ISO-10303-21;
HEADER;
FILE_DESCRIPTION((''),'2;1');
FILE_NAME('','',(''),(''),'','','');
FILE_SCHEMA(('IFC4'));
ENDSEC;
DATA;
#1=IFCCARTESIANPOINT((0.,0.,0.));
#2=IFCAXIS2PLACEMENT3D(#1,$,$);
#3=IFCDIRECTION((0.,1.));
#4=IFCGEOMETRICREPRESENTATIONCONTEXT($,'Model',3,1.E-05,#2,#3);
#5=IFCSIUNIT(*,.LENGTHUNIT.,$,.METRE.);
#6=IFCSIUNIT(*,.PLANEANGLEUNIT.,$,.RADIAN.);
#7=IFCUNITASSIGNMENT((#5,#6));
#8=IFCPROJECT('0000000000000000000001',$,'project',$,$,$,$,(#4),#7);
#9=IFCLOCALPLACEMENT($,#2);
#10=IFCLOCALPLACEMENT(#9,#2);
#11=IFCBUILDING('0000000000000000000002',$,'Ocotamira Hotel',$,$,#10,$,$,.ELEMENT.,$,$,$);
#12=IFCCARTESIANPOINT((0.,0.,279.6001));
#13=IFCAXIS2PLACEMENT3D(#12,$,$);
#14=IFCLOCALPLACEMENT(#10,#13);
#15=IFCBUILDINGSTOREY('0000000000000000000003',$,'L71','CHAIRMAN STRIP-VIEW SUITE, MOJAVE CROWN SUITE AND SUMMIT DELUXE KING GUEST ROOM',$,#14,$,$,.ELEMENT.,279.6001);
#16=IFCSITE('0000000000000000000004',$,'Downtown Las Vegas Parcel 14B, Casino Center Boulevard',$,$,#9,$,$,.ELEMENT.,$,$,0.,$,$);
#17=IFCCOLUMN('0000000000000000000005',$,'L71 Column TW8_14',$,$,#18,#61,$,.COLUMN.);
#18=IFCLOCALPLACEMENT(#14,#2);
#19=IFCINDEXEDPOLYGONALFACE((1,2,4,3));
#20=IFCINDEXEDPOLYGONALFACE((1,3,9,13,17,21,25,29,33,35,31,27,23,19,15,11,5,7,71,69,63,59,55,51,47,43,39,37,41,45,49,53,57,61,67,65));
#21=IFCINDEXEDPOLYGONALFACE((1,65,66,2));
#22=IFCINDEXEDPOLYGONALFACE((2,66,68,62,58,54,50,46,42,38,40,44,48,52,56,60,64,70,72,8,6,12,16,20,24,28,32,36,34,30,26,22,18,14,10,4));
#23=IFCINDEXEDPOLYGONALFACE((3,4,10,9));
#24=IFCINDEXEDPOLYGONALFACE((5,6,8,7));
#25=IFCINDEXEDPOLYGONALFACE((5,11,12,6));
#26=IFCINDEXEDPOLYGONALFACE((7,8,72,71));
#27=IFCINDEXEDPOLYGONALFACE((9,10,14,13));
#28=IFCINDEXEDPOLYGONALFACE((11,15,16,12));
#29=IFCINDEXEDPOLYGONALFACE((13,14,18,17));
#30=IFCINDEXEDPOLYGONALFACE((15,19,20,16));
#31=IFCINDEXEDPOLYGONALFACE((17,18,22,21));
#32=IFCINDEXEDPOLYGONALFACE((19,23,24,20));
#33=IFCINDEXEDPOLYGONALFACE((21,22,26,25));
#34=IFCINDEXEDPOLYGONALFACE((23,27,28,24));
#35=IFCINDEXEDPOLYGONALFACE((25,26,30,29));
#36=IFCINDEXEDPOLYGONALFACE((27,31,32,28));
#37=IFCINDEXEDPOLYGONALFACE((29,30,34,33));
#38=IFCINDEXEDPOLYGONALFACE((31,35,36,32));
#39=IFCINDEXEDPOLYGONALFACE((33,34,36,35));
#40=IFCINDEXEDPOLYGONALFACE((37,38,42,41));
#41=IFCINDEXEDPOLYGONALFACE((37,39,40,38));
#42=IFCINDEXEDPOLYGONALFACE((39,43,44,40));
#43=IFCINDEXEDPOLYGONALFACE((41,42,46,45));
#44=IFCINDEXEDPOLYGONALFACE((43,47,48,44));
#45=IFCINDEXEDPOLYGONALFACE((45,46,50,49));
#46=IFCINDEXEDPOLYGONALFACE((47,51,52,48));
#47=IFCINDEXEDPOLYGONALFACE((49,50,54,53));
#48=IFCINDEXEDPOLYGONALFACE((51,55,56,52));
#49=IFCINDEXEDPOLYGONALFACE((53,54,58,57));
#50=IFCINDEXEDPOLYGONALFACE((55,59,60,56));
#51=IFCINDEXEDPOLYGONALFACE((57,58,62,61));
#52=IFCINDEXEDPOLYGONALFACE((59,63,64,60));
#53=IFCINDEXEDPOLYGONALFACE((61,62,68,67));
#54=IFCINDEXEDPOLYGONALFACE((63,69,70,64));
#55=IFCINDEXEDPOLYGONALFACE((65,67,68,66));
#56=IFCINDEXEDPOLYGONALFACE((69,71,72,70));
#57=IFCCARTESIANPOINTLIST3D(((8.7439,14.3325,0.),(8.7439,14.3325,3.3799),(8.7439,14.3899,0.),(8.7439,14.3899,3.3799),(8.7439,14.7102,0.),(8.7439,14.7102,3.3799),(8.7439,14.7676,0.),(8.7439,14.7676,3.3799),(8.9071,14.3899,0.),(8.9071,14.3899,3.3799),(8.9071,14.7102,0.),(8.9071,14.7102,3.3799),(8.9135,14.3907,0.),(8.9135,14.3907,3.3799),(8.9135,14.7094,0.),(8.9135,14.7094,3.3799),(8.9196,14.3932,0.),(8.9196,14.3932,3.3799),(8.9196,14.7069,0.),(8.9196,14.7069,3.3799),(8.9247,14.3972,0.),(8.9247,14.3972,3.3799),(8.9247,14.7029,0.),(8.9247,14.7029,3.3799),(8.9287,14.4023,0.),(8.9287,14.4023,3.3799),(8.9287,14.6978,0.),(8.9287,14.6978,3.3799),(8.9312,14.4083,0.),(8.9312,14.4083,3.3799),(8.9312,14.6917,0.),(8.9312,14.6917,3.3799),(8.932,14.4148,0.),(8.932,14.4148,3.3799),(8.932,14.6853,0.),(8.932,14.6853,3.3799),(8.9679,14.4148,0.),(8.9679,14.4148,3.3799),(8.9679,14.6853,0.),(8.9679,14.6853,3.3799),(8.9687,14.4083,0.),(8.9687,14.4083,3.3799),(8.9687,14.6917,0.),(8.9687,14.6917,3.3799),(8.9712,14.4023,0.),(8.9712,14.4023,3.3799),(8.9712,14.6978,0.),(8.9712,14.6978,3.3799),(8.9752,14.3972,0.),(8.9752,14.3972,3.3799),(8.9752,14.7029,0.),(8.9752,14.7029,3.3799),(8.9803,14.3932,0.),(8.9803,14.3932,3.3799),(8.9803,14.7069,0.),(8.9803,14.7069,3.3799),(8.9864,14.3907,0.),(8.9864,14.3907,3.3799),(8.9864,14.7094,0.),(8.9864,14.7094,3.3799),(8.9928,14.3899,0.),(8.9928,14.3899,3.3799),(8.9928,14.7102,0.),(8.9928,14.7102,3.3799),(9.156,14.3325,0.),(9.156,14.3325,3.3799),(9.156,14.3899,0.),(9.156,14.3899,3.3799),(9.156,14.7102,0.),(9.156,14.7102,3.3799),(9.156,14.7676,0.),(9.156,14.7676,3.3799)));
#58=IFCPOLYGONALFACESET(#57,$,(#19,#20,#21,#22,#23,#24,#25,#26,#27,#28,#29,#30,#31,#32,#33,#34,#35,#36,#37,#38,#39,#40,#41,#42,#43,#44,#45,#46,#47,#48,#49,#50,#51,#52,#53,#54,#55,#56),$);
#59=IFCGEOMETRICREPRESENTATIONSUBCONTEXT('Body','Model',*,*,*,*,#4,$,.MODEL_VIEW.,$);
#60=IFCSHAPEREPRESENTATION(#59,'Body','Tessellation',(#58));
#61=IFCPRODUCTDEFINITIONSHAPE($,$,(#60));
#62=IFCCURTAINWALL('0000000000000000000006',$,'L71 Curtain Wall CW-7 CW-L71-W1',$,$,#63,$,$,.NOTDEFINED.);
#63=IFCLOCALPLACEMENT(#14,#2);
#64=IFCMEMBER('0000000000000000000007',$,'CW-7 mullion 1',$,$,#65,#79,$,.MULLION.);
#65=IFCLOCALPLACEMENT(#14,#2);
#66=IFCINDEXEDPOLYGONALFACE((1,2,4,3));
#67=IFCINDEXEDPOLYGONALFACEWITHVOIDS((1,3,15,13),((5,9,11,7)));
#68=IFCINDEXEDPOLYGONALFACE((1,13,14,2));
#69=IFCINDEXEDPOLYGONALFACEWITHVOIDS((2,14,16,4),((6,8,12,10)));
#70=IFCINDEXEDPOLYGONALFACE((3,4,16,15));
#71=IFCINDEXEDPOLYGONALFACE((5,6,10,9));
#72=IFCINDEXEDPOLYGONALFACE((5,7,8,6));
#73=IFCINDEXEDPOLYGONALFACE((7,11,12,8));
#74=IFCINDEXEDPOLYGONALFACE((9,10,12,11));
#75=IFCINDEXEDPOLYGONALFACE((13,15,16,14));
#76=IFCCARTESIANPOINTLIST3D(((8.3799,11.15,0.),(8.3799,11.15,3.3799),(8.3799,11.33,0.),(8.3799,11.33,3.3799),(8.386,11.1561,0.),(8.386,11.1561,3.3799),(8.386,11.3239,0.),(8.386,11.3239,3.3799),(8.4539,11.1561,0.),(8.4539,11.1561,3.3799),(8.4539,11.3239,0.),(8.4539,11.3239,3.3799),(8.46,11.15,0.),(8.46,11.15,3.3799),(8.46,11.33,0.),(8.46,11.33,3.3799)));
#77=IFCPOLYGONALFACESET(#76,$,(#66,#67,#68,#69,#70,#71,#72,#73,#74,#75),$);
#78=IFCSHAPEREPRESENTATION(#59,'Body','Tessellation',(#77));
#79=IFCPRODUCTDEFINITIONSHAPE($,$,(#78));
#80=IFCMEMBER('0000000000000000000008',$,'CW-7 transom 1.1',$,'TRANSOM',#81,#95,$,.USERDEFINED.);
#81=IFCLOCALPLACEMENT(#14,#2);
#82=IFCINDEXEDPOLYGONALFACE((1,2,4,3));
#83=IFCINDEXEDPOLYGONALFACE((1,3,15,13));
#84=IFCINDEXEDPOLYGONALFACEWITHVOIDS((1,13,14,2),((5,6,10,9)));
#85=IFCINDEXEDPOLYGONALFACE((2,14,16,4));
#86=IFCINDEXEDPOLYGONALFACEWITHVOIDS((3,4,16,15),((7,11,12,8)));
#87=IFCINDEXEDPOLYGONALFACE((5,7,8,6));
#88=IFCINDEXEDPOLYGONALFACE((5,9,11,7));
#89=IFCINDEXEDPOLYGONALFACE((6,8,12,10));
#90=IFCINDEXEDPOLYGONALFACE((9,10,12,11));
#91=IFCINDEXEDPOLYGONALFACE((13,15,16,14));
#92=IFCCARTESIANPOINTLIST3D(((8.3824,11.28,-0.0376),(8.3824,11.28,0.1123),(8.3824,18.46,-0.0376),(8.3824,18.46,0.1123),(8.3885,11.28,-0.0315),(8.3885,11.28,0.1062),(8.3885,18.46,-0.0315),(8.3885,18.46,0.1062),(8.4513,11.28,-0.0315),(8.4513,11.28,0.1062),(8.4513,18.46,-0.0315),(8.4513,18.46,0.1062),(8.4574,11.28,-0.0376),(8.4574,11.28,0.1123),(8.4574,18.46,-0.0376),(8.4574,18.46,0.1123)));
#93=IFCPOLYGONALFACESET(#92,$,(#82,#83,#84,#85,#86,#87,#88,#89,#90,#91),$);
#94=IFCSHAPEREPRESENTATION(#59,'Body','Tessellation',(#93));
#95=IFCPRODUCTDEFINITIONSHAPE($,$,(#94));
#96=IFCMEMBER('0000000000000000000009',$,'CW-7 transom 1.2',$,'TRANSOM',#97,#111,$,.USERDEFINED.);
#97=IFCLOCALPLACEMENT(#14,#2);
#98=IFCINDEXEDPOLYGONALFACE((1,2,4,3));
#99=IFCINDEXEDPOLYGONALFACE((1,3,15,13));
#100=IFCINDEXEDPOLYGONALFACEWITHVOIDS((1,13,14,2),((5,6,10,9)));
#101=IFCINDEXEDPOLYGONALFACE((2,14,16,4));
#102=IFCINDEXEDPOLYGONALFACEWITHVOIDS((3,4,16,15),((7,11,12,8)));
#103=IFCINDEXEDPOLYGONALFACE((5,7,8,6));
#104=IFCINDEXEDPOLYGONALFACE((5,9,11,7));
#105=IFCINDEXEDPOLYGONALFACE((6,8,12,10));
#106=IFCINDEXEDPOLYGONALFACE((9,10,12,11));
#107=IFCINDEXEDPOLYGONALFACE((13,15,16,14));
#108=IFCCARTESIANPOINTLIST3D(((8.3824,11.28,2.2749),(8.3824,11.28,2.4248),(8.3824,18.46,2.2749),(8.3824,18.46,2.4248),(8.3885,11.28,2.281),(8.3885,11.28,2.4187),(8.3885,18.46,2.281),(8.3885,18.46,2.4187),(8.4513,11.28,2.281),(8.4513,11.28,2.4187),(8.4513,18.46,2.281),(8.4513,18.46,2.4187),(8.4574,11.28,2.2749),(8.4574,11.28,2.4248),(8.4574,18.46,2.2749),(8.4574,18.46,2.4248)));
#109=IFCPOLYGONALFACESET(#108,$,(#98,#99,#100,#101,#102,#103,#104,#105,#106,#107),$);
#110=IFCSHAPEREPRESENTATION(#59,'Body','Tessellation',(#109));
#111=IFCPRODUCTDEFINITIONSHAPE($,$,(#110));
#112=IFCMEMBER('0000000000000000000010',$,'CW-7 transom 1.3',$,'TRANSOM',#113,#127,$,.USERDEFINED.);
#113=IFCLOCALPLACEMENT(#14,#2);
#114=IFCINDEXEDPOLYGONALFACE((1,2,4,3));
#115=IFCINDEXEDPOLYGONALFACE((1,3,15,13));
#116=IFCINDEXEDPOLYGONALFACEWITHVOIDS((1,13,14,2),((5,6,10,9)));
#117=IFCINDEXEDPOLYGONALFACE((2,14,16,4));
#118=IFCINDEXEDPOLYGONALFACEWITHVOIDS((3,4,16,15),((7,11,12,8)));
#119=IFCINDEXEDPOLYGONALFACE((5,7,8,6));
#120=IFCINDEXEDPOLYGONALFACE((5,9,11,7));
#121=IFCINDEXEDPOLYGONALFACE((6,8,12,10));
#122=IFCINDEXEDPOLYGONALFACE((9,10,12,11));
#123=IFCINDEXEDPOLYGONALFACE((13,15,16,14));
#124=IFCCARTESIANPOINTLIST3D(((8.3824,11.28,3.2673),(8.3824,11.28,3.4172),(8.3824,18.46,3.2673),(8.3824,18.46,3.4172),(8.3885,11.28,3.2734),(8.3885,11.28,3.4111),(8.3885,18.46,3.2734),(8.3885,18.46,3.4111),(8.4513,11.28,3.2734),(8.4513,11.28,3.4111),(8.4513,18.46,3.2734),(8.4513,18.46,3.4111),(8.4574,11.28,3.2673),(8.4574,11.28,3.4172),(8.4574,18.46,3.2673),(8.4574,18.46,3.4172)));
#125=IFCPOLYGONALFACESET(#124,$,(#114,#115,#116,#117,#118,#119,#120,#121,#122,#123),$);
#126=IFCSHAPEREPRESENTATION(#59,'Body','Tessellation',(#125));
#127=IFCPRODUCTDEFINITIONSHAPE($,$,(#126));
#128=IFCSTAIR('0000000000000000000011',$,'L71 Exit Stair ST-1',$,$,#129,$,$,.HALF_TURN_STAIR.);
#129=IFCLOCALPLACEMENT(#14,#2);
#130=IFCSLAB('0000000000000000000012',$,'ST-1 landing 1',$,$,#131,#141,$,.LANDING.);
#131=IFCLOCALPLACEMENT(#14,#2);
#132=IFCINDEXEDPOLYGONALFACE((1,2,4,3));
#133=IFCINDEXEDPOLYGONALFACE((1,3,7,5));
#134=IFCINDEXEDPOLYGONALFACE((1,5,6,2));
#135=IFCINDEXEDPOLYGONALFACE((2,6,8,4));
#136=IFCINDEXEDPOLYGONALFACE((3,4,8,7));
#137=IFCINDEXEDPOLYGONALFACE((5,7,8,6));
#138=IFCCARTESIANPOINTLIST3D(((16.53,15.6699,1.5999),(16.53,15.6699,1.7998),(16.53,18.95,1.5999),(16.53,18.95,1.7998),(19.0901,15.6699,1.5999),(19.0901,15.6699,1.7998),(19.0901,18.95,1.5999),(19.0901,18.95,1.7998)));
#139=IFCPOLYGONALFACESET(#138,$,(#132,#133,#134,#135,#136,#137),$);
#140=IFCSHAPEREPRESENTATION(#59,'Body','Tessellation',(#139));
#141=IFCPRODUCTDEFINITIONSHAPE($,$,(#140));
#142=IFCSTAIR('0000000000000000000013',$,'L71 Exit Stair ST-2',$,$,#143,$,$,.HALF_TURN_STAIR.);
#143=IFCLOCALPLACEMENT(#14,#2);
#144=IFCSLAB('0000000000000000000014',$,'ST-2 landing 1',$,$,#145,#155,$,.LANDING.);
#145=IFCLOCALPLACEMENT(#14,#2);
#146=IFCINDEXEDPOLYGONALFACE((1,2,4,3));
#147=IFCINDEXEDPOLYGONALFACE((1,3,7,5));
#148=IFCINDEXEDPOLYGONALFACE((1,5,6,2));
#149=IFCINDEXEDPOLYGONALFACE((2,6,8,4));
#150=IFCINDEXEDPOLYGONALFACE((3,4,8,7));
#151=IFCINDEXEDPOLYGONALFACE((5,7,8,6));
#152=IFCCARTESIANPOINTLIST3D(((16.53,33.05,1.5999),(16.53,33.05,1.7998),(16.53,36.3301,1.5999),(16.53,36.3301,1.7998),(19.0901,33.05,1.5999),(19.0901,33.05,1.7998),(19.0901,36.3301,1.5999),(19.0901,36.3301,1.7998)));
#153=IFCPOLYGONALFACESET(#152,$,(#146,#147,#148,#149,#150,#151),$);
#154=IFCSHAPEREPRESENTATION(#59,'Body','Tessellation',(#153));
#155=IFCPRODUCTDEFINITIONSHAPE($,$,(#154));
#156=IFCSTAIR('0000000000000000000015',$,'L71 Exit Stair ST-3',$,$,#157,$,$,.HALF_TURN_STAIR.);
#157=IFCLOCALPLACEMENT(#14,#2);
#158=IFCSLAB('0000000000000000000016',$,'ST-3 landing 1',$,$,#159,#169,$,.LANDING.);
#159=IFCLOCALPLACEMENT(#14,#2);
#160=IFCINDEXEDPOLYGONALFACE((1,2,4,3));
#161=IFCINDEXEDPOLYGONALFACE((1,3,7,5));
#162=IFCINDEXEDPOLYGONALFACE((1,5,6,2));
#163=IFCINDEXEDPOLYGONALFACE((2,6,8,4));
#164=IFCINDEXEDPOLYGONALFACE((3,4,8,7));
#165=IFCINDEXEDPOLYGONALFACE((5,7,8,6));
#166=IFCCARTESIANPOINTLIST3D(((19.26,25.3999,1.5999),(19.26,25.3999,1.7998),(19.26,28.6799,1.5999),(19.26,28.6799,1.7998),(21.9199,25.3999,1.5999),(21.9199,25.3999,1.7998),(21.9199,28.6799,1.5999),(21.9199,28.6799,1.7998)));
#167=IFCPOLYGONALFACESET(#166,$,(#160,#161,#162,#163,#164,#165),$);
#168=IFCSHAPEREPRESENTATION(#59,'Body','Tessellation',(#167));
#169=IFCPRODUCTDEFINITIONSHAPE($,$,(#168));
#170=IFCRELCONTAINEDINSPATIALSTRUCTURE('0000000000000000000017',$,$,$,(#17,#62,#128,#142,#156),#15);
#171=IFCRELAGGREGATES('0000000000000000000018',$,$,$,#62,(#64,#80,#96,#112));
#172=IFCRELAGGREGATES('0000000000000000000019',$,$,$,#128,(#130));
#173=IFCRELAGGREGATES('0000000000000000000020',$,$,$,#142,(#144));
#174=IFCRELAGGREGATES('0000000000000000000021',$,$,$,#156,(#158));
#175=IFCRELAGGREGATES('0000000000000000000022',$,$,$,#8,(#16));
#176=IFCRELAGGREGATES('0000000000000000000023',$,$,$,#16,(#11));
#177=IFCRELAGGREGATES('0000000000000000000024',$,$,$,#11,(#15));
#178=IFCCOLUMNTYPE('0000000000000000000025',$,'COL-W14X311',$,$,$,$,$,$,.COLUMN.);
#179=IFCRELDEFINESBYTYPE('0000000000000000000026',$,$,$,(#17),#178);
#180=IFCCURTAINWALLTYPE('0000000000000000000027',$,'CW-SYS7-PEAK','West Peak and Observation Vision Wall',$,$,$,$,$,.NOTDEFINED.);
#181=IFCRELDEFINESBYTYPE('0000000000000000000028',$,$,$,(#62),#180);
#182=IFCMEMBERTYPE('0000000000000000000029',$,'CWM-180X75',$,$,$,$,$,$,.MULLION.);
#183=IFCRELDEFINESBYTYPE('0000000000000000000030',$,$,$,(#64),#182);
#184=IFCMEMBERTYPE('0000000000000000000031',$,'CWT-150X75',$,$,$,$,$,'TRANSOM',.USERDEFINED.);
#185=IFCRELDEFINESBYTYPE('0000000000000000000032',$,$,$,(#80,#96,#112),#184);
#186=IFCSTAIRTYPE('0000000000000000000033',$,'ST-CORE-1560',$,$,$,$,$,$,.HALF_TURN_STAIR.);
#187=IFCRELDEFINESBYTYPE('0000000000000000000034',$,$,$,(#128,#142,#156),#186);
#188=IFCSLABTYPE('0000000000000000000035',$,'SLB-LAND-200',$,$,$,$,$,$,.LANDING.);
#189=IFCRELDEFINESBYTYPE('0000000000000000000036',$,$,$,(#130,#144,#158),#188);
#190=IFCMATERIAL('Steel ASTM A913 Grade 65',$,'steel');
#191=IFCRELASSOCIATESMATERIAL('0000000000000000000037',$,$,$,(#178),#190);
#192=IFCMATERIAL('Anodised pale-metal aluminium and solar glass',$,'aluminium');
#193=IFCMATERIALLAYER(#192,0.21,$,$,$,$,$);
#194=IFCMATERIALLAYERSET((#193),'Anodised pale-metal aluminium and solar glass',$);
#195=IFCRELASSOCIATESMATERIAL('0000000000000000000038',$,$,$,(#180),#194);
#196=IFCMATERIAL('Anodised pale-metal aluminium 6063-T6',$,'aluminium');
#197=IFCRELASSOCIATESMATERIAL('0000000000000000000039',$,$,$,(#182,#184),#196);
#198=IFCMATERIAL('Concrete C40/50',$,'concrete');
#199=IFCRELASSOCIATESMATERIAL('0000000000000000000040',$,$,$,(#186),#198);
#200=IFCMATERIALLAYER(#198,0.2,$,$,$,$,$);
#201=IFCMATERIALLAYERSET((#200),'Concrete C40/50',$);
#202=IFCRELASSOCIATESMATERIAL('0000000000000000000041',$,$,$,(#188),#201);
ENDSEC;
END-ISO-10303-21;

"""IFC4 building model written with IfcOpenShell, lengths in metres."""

from ifc_helpers import new_model, si_unit, direction, frame, origin, origin_2d, place, context, subcontext, project, spatial, polyline, hollow_rectangle, i_section, outline, extrude, source, transform, mapped, material, layer, layer_set, material_profile, profile_set, type_object, element, aggregate, save


model = new_model("IFC4")

# Units and contexts
model_context = context("Model", 3, precision=1e-05, world=origin(), true_north=direction((0.0, 1.0)))
body_context = subcontext(model_context, "Body", "Model", "MODEL_VIEW")
ifc_project = project(units=[si_unit("LENGTHUNIT", "METRE"), si_unit("PLANEANGLEUNIT", "RADIAN")], contexts=[model_context])

# Site, building, storey
site_placement = place(None, origin())
site = spatial("IfcSite", under=ifc_project, at=site_placement, Name="Downtown Las Vegas Parcel 14B, Casino Center Boulevard", CompositionType="ELEMENT", RefElevation=0.0)
building_placement = place(site_placement, origin())
building = spatial("IfcBuilding", under=site, at=building_placement, Name="Ocotamira Hotel", CompositionType="ELEMENT")
storey_placement = place(building_placement, frame((0.0, 0.0, 279.6001)))
storey = spatial("IfcBuildingStorey", under=building, at=storey_placement, Name="L71", Description="CHAIRMAN STRIP-VIEW SUITE, MOJAVE CROWN SUITE AND SUMMIT DELUXE KING GUEST ROOM", CompositionType="ELEMENT", Elevation=279.6001)

# Column
ifc_material_1 = material(Name="Steel ASTM A913 Grade 65", Category="steel")
ifc_material_profile_1 = material_profile(ifc_material_1, i_section(OverallWidth=0.4121, OverallDepth=0.4351, WebThickness=0.0359, FlangeThickness=0.0574, FilletRadius=0.0249, at=origin_2d()), Name="W14X311")
ifc_profile_set_1 = profile_set([ifc_material_profile_1], Name="Steel ASTM A913 Grade 65")
column_type = type_object("IfcColumnType", Name="COL-W14X311", PredefinedType="COLUMN", material=ifc_profile_set_1)
shared_shape_1 = source(origin(), body_context, "Body", "SweptSolid", [
    extrude(i_section(OverallWidth=0.4121, OverallDepth=0.4351, WebThickness=0.0359, FlangeThickness=0.0574, FilletRadius=0.0249, at=origin_2d()), origin(), (0.0, 0.0, 1.0), 3.3799),
])
column_placement = place(storey_placement, frame((8.95, 14.55, 0.0), z_axis=(0.0, 0.0, 1.0), x_axis=(1.0, 0.0, 0.0)))
element("IfcColumn", 1, at=column_placement, inside=storey, type_object=column_type, Name="L71 Column TW8_14", PredefinedType="COLUMN", context=body_context, shape_type="MappedRepresentation", body=[
    mapped(shared_shape_1, transform((0.0, 0.0, 0.0), scale=1.0)),
])

# Curtain wall, members
ifc_material_2 = material(Name="Anodised pale-metal aluminium and solar glass", Category="aluminium")
ifc_layer_1 = layer(ifc_material_2, 0.21)
ifc_layer_set_1 = layer_set([ifc_layer_1], Name="Anodised pale-metal aluminium and solar glass")
curtain_wall_type = type_object("IfcCurtainWallType", Name="CW-SYS7-PEAK", Description="West Peak and Observation Vision Wall", PredefinedType="NOTDEFINED", material=ifc_layer_set_1)
curtain_wall_placement = place(storey_placement, origin())
curtain_wall = element("IfcCurtainWall", 2, at=curtain_wall_placement, inside=storey, type_object=curtain_wall_type, Name="L71 Curtain Wall CW-7 CW-L71-W1", PredefinedType="NOTDEFINED")
ifc_material_3 = material(Name="Anodised pale-metal aluminium 6063-T6", Category="aluminium")
ifc_material_profile_2 = material_profile(ifc_material_3, hollow_rectangle(XDim=0.0801, YDim=0.1799, WallThickness=0.0061, at=origin_2d()), Name="HSS180X80X6")
ifc_profile_set_2 = profile_set([ifc_material_profile_2], Name="Anodised pale-metal aluminium 6063-T6")
member_type_1 = type_object("IfcMemberType", Name="CWM-180X75", PredefinedType="MULLION", material=ifc_profile_set_2)
shared_shape_2 = source(origin(), body_context, "Body", "SweptSolid", [
    extrude(hollow_rectangle(XDim=0.0801, YDim=0.1799, WallThickness=0.0061, at=origin_2d()), origin(), (0.0, 0.0, 1.0), 3.3799),
])
member_1_placement = place(storey_placement, frame((8.4199, 11.24, 0.0), z_axis=(0.0, 0.0, 1.0), x_axis=(-1.0, 0.0, 0.0)))
member_1 = element("IfcMember", 3, at=member_1_placement, type_object=member_type_1, Name="CW-7 mullion 1", PredefinedType="MULLION", context=body_context, shape_type="MappedRepresentation", body=[
    mapped(shared_shape_2, transform((0.0, 0.0, 0.0), scale=1.0)),
])
ifc_material_profile_3 = material_profile(ifc_material_3, hollow_rectangle(XDim=0.075, YDim=0.1499, WallThickness=0.0061, at=origin_2d()), Name="HSS150X75X6")
ifc_profile_set_3 = profile_set([ifc_material_profile_3], Name="Anodised pale-metal aluminium 6063-T6")
member_type_2 = type_object("IfcMemberType", Name="CWT-150X75", ElementType="TRANSOM", PredefinedType="USERDEFINED", material=ifc_profile_set_3)
shared_shape_3 = source(origin(), body_context, "Body", "SweptSolid", [
    extrude(hollow_rectangle(XDim=0.075, YDim=0.1499, WallThickness=0.0061, at=origin_2d()), origin(), (0.0, 0.0, 1.0), 7.1799),
])
member_2_placement = place(storey_placement, frame((8.4199, 11.28, 0.0374), z_axis=(0.0, 1.0, 0.0), x_axis=(-1.0, 0.0, 0.0)))
member_2 = element("IfcMember", 4, at=member_2_placement, type_object=member_type_2, Name="CW-7 transom 1.1", ObjectType="TRANSOM", PredefinedType="USERDEFINED", context=body_context, shape_type="MappedRepresentation", body=[
    mapped(shared_shape_3, transform((0.0, 0.0, 0.0), scale=1.0)),
])
member_3_placement = place(storey_placement, frame((8.4199, 11.28, 2.3499), z_axis=(0.0, 1.0, 0.0), x_axis=(-1.0, 0.0, 0.0)))
member_3 = element("IfcMember", 5, at=member_3_placement, type_object=member_type_2, Name="CW-7 transom 1.2", ObjectType="TRANSOM", PredefinedType="USERDEFINED", context=body_context, shape_type="MappedRepresentation", body=[
    mapped(shared_shape_3, transform((0.0, 0.0, 0.0), scale=1.0)),
])
member_4_placement = place(storey_placement, frame((8.4199, 11.28, 3.3423), z_axis=(0.0, 1.0, 0.0), x_axis=(-1.0, 0.0, 0.0)))
member_4 = element("IfcMember", 6, at=member_4_placement, type_object=member_type_2, Name="CW-7 transom 1.3", ObjectType="TRANSOM", PredefinedType="USERDEFINED", context=body_context, shape_type="MappedRepresentation", body=[
    mapped(shared_shape_3, transform((0.0, 0.0, 0.0), scale=1.0)),
])
aggregate(curtain_wall, [member_1, member_2, member_3, member_4])

# Stairs, slabs
ifc_material_4 = material(Name="Concrete C40/50", Category="concrete")
stair_type = type_object("IfcStairType", Name="ST-CORE-1560", PredefinedType="HALF_TURN_STAIR", material=ifc_material_4)
stair_1_placement = place(storey_placement, origin())
stair_1 = element("IfcStair", 7, at=stair_1_placement, inside=storey, type_object=stair_type, Name="L71 Exit Stair ST-1", PredefinedType="HALF_TURN_STAIR")
ifc_layer_2 = layer(ifc_material_4, 0.2)
ifc_layer_set_2 = layer_set([ifc_layer_2], Name="Concrete C40/50")
slab_type_1 = type_object("IfcSlabType", Name="SLB-LAND-200", PredefinedType="LANDING", material=ifc_layer_set_2)
slab_1_placement = place(storey_placement, frame((0.0, 0.0, 1.5999)))
slab_1 = element("IfcSlab", 8, at=slab_1_placement, type_object=slab_type_1, Name="ST-1 landing 1", PredefinedType="LANDING", context=body_context, shape_type="SweptSolid", body=[
    extrude(outline(polyline([(16.53, 15.6699), (19.0901, 15.6699), (19.0901, 18.95), (16.53, 18.95), (16.53, 15.6699)])), origin(), (0.0, 0.0, 1.0), 0.2),
])
aggregate(stair_1, [slab_1])
stair_2_placement = place(storey_placement, origin())
stair_2 = element("IfcStair", 9, at=stair_2_placement, inside=storey, type_object=stair_type, Name="L71 Exit Stair ST-2", PredefinedType="HALF_TURN_STAIR")
slab_2_placement = place(storey_placement, frame((0.0, 0.0, 1.5999)))
slab_2 = element("IfcSlab", 10, at=slab_2_placement, type_object=slab_type_1, Name="ST-2 landing 1", PredefinedType="LANDING", context=body_context, shape_type="SweptSolid", body=[
    extrude(outline(polyline([(16.53, 33.05), (19.0901, 33.05), (19.0901, 36.3301), (16.53, 36.3301), (16.53, 33.05)])), origin(), (0.0, 0.0, 1.0), 0.2),
])
aggregate(stair_2, [slab_2])
stair_3_placement = place(storey_placement, origin())
stair_3 = element("IfcStair", 11, at=stair_3_placement, inside=storey, type_object=stair_type, Name="L71 Exit Stair ST-3", PredefinedType="HALF_TURN_STAIR")
slab_3_placement = place(storey_placement, frame((0.0, 0.0, 1.5999)))
slab_3 = element("IfcSlab", 12, at=slab_3_placement, type_object=slab_type_1, Name="ST-3 landing 1", PredefinedType="LANDING", context=body_context, shape_type="SweptSolid", body=[
    extrude(outline(polyline([(19.26, 25.3999), (21.9199, 25.3999), (21.9199, 28.6799), (19.26, 28.6799), (19.26, 25.3999)])), origin(), (0.0, 0.0, 1.0), 0.2),
])
aggregate(stair_3, [slab_3])

save(model, "model.ifc")
